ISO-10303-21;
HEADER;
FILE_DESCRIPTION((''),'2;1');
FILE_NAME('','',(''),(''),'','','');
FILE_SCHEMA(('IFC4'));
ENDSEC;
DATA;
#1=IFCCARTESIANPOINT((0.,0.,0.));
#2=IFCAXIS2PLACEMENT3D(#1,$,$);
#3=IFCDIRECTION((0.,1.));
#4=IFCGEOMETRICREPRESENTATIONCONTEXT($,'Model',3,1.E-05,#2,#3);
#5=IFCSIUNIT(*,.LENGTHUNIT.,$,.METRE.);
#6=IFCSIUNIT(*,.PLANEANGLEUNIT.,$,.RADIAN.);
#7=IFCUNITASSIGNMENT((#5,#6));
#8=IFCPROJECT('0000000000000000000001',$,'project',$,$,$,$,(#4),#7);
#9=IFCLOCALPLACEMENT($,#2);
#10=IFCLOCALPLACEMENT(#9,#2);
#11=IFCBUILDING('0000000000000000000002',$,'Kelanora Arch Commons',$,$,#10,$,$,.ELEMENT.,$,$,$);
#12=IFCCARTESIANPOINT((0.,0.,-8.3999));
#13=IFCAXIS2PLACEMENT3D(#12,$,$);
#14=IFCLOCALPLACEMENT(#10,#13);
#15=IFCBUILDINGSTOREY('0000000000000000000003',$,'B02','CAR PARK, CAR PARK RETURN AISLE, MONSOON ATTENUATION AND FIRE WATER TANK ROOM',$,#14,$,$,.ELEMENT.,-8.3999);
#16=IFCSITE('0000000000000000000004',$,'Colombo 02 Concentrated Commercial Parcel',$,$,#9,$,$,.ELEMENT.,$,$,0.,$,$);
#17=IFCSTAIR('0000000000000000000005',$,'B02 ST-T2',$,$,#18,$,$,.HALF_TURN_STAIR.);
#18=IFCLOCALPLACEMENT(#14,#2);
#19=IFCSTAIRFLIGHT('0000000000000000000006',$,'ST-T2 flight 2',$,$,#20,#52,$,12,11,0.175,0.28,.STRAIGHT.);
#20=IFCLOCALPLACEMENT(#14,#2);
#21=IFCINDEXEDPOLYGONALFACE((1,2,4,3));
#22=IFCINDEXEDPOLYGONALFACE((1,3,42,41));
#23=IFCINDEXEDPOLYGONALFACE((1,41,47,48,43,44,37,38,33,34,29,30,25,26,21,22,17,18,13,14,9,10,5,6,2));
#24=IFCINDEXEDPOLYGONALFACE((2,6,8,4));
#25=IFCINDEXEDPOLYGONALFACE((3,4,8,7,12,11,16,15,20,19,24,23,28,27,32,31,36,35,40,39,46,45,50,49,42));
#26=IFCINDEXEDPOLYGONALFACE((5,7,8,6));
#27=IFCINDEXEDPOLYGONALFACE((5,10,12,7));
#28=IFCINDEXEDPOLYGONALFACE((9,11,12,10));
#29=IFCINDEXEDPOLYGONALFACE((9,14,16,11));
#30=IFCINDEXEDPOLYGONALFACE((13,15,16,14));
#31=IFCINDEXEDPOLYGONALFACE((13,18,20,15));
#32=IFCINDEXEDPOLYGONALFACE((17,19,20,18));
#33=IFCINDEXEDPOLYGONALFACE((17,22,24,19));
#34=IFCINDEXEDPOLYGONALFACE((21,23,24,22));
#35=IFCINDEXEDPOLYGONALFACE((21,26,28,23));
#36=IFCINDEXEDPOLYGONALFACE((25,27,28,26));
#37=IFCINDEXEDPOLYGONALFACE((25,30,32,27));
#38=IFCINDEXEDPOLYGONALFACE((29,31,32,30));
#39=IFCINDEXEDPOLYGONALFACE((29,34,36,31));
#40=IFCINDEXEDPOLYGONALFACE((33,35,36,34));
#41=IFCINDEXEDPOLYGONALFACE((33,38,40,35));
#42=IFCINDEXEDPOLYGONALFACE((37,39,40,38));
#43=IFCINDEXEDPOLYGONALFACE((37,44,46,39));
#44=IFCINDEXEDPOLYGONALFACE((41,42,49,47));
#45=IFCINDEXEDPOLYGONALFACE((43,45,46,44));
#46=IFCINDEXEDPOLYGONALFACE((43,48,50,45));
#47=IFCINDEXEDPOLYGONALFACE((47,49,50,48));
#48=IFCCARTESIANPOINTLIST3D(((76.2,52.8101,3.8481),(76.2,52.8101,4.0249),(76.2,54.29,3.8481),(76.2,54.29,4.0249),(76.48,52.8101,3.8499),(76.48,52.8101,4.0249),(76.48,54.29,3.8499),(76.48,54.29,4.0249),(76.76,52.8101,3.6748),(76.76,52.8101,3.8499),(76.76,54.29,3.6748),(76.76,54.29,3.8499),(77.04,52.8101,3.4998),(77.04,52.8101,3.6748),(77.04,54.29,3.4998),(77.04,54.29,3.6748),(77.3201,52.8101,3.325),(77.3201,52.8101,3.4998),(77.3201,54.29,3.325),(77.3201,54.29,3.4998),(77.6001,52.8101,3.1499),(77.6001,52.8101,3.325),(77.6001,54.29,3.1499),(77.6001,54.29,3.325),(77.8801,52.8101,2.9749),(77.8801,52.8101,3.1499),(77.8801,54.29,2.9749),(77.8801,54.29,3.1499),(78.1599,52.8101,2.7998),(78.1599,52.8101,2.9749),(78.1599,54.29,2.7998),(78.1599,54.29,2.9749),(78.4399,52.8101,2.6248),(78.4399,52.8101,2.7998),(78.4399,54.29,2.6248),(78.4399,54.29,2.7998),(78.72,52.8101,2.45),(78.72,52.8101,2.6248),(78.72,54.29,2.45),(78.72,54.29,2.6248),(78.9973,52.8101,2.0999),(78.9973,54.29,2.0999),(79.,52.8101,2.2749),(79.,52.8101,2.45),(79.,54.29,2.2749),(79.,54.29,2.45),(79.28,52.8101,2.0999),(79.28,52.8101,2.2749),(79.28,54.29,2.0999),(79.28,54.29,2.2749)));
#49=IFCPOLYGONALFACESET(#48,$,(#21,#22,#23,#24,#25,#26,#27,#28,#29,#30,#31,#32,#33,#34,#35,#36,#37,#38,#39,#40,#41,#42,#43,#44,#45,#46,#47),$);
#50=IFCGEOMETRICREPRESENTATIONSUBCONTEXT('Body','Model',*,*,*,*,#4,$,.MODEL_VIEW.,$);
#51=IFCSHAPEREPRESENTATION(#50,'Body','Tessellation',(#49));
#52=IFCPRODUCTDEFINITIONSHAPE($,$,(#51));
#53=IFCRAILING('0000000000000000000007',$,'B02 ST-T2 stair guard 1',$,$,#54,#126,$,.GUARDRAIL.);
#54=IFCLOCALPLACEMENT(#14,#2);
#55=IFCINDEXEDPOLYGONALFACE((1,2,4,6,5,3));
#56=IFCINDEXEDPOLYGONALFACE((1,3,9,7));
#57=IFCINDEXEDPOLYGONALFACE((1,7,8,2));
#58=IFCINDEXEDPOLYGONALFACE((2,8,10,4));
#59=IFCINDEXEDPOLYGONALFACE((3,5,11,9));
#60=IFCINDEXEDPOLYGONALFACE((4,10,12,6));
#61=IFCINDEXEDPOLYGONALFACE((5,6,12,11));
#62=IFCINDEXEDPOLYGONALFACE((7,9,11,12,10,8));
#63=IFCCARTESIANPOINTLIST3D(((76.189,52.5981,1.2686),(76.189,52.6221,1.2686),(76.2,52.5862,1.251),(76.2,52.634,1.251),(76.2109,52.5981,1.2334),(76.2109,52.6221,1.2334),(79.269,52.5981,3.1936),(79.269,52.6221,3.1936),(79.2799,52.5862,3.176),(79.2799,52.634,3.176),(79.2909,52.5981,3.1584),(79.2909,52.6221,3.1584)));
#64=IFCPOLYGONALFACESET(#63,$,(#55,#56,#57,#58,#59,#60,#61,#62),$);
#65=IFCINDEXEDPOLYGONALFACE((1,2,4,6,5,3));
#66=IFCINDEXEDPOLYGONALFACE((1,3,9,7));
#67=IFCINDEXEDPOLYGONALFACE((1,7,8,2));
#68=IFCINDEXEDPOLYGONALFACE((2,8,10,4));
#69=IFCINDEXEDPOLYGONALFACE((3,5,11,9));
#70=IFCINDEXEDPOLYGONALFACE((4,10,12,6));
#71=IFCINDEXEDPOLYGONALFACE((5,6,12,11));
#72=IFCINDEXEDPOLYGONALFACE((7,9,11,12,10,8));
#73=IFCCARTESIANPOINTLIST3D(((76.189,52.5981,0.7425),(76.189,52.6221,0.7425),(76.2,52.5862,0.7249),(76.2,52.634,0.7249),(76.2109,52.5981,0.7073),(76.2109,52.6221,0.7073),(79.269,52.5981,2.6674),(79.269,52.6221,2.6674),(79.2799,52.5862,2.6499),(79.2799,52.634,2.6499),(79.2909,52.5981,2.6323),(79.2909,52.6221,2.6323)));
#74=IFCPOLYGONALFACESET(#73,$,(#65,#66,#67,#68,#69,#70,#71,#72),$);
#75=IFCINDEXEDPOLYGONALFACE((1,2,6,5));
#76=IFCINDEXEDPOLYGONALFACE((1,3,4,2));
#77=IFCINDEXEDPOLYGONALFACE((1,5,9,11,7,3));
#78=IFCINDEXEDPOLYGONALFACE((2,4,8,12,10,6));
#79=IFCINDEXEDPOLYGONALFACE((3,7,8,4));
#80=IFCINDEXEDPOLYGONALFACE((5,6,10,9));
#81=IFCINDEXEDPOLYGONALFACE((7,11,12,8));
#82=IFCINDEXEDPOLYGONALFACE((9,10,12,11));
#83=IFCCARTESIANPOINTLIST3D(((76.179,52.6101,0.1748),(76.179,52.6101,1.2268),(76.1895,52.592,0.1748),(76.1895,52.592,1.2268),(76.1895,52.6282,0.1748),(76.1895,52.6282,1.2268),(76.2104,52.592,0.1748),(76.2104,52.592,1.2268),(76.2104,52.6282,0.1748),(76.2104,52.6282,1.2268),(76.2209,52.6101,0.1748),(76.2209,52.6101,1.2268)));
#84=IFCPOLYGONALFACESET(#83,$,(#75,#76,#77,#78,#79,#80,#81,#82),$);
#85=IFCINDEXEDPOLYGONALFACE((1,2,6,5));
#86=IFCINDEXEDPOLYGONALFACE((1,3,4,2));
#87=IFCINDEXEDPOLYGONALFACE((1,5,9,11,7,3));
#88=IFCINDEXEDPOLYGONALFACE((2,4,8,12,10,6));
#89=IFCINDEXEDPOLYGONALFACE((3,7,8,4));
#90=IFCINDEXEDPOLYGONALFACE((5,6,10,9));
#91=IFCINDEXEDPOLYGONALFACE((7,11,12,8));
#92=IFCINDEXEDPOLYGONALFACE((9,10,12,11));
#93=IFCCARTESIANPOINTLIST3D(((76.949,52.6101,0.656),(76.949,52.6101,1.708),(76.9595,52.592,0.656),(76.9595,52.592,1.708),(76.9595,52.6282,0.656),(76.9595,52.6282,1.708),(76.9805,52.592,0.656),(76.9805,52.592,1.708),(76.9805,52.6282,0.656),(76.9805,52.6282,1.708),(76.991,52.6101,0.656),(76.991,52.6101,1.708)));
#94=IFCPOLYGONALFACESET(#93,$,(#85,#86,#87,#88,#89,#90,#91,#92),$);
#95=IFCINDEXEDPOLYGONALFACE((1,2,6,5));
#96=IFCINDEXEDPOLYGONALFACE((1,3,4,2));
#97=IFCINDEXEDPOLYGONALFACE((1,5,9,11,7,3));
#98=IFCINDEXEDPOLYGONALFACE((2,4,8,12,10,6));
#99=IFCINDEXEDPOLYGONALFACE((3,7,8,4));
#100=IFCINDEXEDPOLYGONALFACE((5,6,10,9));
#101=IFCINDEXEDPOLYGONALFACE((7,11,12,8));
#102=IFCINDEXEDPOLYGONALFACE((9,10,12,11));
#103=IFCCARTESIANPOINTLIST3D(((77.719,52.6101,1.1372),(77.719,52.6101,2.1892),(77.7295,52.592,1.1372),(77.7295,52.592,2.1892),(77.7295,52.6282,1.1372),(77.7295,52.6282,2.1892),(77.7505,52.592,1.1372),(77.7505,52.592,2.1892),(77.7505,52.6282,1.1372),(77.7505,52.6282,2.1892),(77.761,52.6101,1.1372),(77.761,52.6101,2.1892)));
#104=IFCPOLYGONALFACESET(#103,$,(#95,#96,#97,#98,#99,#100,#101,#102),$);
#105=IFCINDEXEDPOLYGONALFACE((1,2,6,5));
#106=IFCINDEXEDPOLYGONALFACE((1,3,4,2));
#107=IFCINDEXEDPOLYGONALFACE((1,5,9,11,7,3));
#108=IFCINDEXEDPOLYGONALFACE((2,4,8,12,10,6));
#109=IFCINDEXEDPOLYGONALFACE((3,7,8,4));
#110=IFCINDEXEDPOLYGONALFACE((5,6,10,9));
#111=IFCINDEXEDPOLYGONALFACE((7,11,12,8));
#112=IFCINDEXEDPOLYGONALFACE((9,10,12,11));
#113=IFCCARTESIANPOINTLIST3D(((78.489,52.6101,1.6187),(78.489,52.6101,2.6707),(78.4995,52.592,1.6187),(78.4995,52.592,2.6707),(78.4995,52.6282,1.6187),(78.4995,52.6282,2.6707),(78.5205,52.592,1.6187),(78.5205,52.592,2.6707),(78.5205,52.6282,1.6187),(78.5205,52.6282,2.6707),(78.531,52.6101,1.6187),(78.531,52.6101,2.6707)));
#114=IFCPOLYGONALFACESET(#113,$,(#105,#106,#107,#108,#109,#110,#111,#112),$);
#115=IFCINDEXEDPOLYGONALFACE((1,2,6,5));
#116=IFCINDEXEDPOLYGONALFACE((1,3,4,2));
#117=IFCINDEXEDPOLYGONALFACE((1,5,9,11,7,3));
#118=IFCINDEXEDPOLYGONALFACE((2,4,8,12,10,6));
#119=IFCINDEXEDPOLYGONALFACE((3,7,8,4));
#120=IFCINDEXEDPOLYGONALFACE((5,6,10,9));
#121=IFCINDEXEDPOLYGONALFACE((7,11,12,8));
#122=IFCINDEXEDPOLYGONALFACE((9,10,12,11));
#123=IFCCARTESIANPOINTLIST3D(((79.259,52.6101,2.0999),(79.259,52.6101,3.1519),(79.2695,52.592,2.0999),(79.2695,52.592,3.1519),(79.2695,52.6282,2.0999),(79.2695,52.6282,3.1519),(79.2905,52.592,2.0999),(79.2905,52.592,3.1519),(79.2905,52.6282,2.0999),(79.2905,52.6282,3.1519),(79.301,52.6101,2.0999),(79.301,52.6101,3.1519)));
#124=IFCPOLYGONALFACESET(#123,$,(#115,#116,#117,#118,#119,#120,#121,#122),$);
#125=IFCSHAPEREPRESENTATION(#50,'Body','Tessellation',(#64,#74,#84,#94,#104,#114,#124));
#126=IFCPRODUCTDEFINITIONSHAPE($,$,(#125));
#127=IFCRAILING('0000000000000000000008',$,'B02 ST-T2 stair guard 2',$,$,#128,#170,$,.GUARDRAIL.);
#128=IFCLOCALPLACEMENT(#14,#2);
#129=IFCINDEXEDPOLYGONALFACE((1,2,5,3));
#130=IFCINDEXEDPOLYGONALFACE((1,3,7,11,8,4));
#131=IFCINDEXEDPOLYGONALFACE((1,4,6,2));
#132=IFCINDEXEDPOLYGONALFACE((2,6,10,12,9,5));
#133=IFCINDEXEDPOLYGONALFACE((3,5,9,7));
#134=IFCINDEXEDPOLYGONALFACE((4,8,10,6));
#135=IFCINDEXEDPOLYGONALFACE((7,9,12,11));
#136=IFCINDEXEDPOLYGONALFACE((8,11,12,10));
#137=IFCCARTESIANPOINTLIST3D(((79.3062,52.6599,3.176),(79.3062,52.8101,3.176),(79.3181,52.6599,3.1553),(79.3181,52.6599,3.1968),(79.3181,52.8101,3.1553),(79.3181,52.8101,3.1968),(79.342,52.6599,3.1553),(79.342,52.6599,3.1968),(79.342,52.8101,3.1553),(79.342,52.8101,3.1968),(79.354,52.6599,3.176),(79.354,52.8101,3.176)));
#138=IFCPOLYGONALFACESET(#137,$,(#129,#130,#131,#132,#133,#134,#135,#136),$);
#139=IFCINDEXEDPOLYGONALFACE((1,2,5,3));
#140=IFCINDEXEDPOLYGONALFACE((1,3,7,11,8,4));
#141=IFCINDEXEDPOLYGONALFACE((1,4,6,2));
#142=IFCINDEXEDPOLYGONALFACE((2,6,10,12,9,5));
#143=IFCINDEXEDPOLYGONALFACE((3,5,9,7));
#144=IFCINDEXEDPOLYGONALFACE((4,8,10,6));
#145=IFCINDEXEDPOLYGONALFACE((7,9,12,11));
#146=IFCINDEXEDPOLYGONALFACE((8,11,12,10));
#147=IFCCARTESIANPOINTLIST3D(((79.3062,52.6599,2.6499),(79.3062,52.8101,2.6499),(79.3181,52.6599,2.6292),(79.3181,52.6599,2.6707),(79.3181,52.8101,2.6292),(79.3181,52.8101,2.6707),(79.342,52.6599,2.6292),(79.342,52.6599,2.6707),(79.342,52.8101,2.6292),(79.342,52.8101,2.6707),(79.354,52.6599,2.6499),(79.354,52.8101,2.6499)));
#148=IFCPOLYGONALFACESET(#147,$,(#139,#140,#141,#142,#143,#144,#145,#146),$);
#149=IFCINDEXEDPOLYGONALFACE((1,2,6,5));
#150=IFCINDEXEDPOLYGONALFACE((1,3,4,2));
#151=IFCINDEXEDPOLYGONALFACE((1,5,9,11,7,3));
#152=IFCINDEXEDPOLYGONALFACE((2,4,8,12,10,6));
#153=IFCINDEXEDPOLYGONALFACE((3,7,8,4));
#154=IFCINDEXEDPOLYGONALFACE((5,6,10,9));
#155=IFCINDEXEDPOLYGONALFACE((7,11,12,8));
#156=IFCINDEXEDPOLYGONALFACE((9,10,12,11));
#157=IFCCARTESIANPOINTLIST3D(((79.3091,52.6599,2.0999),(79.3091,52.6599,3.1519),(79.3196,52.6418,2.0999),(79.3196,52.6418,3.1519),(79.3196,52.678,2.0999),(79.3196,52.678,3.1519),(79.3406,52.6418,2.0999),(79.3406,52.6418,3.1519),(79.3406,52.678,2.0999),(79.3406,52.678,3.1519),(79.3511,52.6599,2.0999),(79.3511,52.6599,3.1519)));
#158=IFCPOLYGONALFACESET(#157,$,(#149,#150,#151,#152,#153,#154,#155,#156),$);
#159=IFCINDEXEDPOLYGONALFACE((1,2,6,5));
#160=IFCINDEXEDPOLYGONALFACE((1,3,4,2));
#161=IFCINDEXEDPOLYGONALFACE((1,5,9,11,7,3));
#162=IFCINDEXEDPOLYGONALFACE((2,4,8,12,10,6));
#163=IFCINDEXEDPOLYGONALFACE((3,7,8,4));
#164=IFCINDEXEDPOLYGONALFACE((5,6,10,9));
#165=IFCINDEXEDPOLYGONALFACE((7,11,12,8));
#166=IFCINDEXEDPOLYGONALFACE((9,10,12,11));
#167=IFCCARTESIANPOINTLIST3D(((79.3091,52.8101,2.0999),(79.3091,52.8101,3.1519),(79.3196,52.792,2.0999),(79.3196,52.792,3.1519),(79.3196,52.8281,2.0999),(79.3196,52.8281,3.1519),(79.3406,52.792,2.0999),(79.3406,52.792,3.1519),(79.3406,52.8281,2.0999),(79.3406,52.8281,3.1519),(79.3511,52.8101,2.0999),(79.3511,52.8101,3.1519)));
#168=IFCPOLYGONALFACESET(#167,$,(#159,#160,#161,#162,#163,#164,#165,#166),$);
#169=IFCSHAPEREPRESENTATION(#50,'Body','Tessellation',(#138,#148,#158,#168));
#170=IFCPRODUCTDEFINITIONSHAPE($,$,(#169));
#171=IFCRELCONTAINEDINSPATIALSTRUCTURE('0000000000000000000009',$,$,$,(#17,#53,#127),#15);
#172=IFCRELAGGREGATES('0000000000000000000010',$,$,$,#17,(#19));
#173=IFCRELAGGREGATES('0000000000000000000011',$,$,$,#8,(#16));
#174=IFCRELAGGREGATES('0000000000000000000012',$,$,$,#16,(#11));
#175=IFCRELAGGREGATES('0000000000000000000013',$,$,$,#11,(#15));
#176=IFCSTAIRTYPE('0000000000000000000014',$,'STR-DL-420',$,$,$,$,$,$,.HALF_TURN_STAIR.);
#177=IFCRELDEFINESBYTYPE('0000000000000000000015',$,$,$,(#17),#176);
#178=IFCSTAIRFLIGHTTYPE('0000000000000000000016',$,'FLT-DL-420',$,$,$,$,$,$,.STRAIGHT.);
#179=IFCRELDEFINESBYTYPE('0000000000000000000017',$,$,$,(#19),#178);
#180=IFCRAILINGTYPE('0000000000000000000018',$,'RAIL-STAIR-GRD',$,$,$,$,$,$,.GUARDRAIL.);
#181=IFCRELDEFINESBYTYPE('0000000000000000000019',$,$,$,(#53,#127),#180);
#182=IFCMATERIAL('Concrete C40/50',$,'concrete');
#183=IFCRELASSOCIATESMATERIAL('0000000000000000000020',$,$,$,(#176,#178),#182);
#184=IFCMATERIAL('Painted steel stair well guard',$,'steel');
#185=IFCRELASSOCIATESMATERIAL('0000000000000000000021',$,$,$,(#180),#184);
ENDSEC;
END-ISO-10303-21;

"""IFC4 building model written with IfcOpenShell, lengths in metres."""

from ifc_helpers import new_model, si_unit, direction, frame, origin, place, context, subcontext, project, spatial, polyline, outline, extrude, material, type_object, element, aggregate, save


model = new_model("IFC4")

# Units and contexts
model_context = context("Model", 3, precision=1e-05, world=origin(), true_north=direction((0.0, 1.0)))
body_context = subcontext(model_context, "Body", "Model", "MODEL_VIEW")
ifc_project = project(units=[si_unit("LENGTHUNIT", "METRE"), si_unit("PLANEANGLEUNIT", "RADIAN")], contexts=[model_context])

# Site, building, storey
site_placement = place(None, origin())
site = spatial("IfcSite", under=ifc_project, at=site_placement, Name="Colombo 02 Concentrated Commercial Parcel", CompositionType="ELEMENT", RefElevation=0.0)
building_placement = place(site_placement, origin())
building = spatial("IfcBuilding", under=site, at=building_placement, Name="Kelanora Arch Commons", CompositionType="ELEMENT")
storey_placement = place(building_placement, frame((0.0, 0.0, -8.3999)))
storey = spatial("IfcBuildingStorey", under=building, at=storey_placement, Name="B02", Description="CAR PARK, CAR PARK RETURN AISLE, MONSOON ATTENUATION AND FIRE WATER TANK ROOM", CompositionType="ELEMENT", Elevation=-8.3999)

# Shared definitions
ifc_material_1 = material(Name="Concrete C40/50", Category="concrete")

# Stair, stair flight
stair_type = type_object("IfcStairType", Name="STR-DL-420", PredefinedType="HALF_TURN_STAIR", material=ifc_material_1)
stair_placement = place(storey_placement, origin())
stair = element("IfcStair", 1, at=stair_placement, inside=storey, type_object=stair_type, Name="B02 ST-T2", PredefinedType="HALF_TURN_STAIR")
stair_flight_type = type_object("IfcStairFlightType", Name="FLT-DL-420", PredefinedType="STRAIGHT", material=ifc_material_1)
stair_flight_1_placement = place(storey_placement, frame((79.28, 53.55, 2.0999), z_axis=(0.0, 0.0, 1.0), x_axis=(-1.0, 0.0, 0.0)))
stair_flight_1 = element("IfcStairFlight", 2, at=stair_flight_1_placement, type_object=stair_flight_type, Name="ST-T2 flight 2", NumberOfRisers=12, NumberOfTreads=11, PredefinedType="STRAIGHT", RiserHeight=0.175, TreadLength=0.28, context=body_context, shape_type="SweptSolid", body=[
    extrude(outline(polyline([(0.0, 0.0), (0.0, 0.175), (0.28, 0.175), (0.28, 0.3501), (0.5601, 0.3501), (0.5601, 0.5249), (0.8401, 0.5249), (0.8401, 0.7), (1.1201, 0.7), (1.1201, 0.875), (1.3999, 0.875), (1.3999, 1.05), (1.6799, 1.05), (1.6799, 1.2251), (1.96, 1.2251), (1.96, 1.3999), (2.24, 1.3999), (2.24, 1.575), (2.52, 1.575), (2.52, 1.75), (2.8, 1.75), (2.8, 1.925), (3.0801, 1.925), (3.0801, 2.1001), (3.0801, 1.7483), (0.2827, 0.0), (0.0, 0.0)])), frame((0.0, 0.74, 0.0), z_axis=(0.0, -1.0, 0.0), x_axis=(1.0, 0.0, 0.0)), (0.0, 0.0, 1.0), 1.48),
])
aggregate(stair, [stair_flight_1])

# Railings
ifc_material_2 = material(Name="Painted steel stair well guard", Category="steel")
railing_type_1 = type_object("IfcRailingType", Name="RAIL-STAIR-GRD", PredefinedType="GUARDRAIL", material=ifc_material_2)
railing_1_placement = place(storey_placement, frame((76.2, 52.6101, 0.1748)))
element("IfcRailing", 3, at=railing_1_placement, inside=storey, type_object=railing_type_1, Name="B02 ST-T2 stair guard 1", PredefinedType="GUARDRAIL", context=body_context, shape_type="SweptSolid", body=[
    extrude(outline(polyline([(0.0239, 0.0), (0.012, 0.0208), (-0.012, 0.0208), (-0.0239, 0.0), (-0.012, -0.0208), (0.012, -0.0208), (0.0239, 0.0)])), frame((0.0, 0.0, 1.0762), z_axis=(0.847998, 0.0, 0.529999), x_axis=(0.0, 1.0, 0.0)), (0.0, 0.0, 1.0), 3.6321),
    extrude(outline(polyline([(0.0239, 0.0), (0.012, 0.0208), (-0.012, 0.0208), (-0.0239, 0.0), (-0.012, -0.0208), (0.012, -0.0208), (0.0239, 0.0)])), frame((0.0, 0.0, 0.55), z_axis=(0.847998, 0.0, 0.529999), x_axis=(0.0, 1.0, 0.0)), (0.0, 0.0, 1.0), 3.6321),
    extrude(outline(polyline([(0.021, 0.0), (0.0105, 0.0181), (-0.0105, 0.0181), (-0.021, 0.0), (-0.0105, -0.0181), (0.0105, -0.0181), (0.021, 0.0)])), origin(), (0.0, 0.0, 1.0), 1.052),
    extrude(outline(polyline([(0.021, 0.0), (0.0105, 0.0181), (-0.0105, 0.0181), (-0.021, 0.0), (-0.0105, -0.0181), (0.0105, -0.0181), (0.021, 0.0)])), frame((0.77, 0.0, 0.4812)), (0.0, 0.0, 1.0), 1.052),
    extrude(outline(polyline([(0.021, 0.0), (0.0105, 0.0181), (-0.0105, 0.0181), (-0.021, 0.0), (-0.0105, -0.0181), (0.0105, -0.0181), (0.021, 0.0)])), frame((1.54, 0.0, 0.9624)), (0.0, 0.0, 1.0), 1.052),
    extrude(outline(polyline([(0.021, 0.0), (0.0105, 0.0181), (-0.0105, 0.0181), (-0.021, 0.0), (-0.0105, -0.0181), (0.0105, -0.0181), (0.021, 0.0)])), frame((2.3101, 0.0, 1.4438)), (0.0, 0.0, 1.0), 1.052),
    extrude(outline(polyline([(0.021, 0.0), (0.0105, 0.0181), (-0.0105, 0.0181), (-0.021, 0.0), (-0.0105, -0.0181), (0.0105, -0.0181), (0.021, 0.0)])), frame((3.0801, 0.0, 1.925)), (0.0, 0.0, 1.0), 1.052),
])
railing_2_placement = place(storey_placement, frame((79.3301, 52.6599, 2.0999)))
element("IfcRailing", 4, at=railing_2_placement, inside=storey, type_object=railing_type_1, Name="B02 ST-T2 stair guard 2", PredefinedType="GUARDRAIL", context=body_context, shape_type="SweptSolid", body=[
    extrude(outline(polyline([(0.0239, 0.0), (0.012, 0.0208), (-0.012, 0.0208), (-0.0239, 0.0), (-0.012, -0.0208), (0.012, -0.0208), (0.0239, 0.0)])), frame((0.0, 0.0, 1.0762), z_axis=(0.0, 1.0, 0.0), x_axis=(-1.0, 0.0, 0.0)), (0.0, 0.0, 1.0), 0.1501),
    extrude(outline(polyline([(0.0239, 0.0), (0.012, 0.0208), (-0.012, 0.0208), (-0.0239, 0.0), (-0.012, -0.0208), (0.012, -0.0208), (0.0239, 0.0)])), frame((0.0, 0.0, 0.55), z_axis=(0.0, 1.0, 0.0), x_axis=(-1.0, 0.0, 0.0)), (0.0, 0.0, 1.0), 0.1501),
    extrude(outline(polyline([(0.021, 0.0), (0.0105, 0.0181), (-0.0105, 0.0181), (-0.021, 0.0), (-0.0105, -0.0181), (0.0105, -0.0181), (0.021, 0.0)])), origin(), (0.0, 0.0, 1.0), 1.052),
    extrude(outline(polyline([(0.021, 0.0), (0.0105, 0.0181), (-0.0105, 0.0181), (-0.021, 0.0), (-0.0105, -0.0181), (0.0105, -0.0181), (0.021, 0.0)])), frame((0.0, 0.1501, 0.0)), (0.0, 0.0, 1.0), 1.052),
])

save(model, "model.ifc")
